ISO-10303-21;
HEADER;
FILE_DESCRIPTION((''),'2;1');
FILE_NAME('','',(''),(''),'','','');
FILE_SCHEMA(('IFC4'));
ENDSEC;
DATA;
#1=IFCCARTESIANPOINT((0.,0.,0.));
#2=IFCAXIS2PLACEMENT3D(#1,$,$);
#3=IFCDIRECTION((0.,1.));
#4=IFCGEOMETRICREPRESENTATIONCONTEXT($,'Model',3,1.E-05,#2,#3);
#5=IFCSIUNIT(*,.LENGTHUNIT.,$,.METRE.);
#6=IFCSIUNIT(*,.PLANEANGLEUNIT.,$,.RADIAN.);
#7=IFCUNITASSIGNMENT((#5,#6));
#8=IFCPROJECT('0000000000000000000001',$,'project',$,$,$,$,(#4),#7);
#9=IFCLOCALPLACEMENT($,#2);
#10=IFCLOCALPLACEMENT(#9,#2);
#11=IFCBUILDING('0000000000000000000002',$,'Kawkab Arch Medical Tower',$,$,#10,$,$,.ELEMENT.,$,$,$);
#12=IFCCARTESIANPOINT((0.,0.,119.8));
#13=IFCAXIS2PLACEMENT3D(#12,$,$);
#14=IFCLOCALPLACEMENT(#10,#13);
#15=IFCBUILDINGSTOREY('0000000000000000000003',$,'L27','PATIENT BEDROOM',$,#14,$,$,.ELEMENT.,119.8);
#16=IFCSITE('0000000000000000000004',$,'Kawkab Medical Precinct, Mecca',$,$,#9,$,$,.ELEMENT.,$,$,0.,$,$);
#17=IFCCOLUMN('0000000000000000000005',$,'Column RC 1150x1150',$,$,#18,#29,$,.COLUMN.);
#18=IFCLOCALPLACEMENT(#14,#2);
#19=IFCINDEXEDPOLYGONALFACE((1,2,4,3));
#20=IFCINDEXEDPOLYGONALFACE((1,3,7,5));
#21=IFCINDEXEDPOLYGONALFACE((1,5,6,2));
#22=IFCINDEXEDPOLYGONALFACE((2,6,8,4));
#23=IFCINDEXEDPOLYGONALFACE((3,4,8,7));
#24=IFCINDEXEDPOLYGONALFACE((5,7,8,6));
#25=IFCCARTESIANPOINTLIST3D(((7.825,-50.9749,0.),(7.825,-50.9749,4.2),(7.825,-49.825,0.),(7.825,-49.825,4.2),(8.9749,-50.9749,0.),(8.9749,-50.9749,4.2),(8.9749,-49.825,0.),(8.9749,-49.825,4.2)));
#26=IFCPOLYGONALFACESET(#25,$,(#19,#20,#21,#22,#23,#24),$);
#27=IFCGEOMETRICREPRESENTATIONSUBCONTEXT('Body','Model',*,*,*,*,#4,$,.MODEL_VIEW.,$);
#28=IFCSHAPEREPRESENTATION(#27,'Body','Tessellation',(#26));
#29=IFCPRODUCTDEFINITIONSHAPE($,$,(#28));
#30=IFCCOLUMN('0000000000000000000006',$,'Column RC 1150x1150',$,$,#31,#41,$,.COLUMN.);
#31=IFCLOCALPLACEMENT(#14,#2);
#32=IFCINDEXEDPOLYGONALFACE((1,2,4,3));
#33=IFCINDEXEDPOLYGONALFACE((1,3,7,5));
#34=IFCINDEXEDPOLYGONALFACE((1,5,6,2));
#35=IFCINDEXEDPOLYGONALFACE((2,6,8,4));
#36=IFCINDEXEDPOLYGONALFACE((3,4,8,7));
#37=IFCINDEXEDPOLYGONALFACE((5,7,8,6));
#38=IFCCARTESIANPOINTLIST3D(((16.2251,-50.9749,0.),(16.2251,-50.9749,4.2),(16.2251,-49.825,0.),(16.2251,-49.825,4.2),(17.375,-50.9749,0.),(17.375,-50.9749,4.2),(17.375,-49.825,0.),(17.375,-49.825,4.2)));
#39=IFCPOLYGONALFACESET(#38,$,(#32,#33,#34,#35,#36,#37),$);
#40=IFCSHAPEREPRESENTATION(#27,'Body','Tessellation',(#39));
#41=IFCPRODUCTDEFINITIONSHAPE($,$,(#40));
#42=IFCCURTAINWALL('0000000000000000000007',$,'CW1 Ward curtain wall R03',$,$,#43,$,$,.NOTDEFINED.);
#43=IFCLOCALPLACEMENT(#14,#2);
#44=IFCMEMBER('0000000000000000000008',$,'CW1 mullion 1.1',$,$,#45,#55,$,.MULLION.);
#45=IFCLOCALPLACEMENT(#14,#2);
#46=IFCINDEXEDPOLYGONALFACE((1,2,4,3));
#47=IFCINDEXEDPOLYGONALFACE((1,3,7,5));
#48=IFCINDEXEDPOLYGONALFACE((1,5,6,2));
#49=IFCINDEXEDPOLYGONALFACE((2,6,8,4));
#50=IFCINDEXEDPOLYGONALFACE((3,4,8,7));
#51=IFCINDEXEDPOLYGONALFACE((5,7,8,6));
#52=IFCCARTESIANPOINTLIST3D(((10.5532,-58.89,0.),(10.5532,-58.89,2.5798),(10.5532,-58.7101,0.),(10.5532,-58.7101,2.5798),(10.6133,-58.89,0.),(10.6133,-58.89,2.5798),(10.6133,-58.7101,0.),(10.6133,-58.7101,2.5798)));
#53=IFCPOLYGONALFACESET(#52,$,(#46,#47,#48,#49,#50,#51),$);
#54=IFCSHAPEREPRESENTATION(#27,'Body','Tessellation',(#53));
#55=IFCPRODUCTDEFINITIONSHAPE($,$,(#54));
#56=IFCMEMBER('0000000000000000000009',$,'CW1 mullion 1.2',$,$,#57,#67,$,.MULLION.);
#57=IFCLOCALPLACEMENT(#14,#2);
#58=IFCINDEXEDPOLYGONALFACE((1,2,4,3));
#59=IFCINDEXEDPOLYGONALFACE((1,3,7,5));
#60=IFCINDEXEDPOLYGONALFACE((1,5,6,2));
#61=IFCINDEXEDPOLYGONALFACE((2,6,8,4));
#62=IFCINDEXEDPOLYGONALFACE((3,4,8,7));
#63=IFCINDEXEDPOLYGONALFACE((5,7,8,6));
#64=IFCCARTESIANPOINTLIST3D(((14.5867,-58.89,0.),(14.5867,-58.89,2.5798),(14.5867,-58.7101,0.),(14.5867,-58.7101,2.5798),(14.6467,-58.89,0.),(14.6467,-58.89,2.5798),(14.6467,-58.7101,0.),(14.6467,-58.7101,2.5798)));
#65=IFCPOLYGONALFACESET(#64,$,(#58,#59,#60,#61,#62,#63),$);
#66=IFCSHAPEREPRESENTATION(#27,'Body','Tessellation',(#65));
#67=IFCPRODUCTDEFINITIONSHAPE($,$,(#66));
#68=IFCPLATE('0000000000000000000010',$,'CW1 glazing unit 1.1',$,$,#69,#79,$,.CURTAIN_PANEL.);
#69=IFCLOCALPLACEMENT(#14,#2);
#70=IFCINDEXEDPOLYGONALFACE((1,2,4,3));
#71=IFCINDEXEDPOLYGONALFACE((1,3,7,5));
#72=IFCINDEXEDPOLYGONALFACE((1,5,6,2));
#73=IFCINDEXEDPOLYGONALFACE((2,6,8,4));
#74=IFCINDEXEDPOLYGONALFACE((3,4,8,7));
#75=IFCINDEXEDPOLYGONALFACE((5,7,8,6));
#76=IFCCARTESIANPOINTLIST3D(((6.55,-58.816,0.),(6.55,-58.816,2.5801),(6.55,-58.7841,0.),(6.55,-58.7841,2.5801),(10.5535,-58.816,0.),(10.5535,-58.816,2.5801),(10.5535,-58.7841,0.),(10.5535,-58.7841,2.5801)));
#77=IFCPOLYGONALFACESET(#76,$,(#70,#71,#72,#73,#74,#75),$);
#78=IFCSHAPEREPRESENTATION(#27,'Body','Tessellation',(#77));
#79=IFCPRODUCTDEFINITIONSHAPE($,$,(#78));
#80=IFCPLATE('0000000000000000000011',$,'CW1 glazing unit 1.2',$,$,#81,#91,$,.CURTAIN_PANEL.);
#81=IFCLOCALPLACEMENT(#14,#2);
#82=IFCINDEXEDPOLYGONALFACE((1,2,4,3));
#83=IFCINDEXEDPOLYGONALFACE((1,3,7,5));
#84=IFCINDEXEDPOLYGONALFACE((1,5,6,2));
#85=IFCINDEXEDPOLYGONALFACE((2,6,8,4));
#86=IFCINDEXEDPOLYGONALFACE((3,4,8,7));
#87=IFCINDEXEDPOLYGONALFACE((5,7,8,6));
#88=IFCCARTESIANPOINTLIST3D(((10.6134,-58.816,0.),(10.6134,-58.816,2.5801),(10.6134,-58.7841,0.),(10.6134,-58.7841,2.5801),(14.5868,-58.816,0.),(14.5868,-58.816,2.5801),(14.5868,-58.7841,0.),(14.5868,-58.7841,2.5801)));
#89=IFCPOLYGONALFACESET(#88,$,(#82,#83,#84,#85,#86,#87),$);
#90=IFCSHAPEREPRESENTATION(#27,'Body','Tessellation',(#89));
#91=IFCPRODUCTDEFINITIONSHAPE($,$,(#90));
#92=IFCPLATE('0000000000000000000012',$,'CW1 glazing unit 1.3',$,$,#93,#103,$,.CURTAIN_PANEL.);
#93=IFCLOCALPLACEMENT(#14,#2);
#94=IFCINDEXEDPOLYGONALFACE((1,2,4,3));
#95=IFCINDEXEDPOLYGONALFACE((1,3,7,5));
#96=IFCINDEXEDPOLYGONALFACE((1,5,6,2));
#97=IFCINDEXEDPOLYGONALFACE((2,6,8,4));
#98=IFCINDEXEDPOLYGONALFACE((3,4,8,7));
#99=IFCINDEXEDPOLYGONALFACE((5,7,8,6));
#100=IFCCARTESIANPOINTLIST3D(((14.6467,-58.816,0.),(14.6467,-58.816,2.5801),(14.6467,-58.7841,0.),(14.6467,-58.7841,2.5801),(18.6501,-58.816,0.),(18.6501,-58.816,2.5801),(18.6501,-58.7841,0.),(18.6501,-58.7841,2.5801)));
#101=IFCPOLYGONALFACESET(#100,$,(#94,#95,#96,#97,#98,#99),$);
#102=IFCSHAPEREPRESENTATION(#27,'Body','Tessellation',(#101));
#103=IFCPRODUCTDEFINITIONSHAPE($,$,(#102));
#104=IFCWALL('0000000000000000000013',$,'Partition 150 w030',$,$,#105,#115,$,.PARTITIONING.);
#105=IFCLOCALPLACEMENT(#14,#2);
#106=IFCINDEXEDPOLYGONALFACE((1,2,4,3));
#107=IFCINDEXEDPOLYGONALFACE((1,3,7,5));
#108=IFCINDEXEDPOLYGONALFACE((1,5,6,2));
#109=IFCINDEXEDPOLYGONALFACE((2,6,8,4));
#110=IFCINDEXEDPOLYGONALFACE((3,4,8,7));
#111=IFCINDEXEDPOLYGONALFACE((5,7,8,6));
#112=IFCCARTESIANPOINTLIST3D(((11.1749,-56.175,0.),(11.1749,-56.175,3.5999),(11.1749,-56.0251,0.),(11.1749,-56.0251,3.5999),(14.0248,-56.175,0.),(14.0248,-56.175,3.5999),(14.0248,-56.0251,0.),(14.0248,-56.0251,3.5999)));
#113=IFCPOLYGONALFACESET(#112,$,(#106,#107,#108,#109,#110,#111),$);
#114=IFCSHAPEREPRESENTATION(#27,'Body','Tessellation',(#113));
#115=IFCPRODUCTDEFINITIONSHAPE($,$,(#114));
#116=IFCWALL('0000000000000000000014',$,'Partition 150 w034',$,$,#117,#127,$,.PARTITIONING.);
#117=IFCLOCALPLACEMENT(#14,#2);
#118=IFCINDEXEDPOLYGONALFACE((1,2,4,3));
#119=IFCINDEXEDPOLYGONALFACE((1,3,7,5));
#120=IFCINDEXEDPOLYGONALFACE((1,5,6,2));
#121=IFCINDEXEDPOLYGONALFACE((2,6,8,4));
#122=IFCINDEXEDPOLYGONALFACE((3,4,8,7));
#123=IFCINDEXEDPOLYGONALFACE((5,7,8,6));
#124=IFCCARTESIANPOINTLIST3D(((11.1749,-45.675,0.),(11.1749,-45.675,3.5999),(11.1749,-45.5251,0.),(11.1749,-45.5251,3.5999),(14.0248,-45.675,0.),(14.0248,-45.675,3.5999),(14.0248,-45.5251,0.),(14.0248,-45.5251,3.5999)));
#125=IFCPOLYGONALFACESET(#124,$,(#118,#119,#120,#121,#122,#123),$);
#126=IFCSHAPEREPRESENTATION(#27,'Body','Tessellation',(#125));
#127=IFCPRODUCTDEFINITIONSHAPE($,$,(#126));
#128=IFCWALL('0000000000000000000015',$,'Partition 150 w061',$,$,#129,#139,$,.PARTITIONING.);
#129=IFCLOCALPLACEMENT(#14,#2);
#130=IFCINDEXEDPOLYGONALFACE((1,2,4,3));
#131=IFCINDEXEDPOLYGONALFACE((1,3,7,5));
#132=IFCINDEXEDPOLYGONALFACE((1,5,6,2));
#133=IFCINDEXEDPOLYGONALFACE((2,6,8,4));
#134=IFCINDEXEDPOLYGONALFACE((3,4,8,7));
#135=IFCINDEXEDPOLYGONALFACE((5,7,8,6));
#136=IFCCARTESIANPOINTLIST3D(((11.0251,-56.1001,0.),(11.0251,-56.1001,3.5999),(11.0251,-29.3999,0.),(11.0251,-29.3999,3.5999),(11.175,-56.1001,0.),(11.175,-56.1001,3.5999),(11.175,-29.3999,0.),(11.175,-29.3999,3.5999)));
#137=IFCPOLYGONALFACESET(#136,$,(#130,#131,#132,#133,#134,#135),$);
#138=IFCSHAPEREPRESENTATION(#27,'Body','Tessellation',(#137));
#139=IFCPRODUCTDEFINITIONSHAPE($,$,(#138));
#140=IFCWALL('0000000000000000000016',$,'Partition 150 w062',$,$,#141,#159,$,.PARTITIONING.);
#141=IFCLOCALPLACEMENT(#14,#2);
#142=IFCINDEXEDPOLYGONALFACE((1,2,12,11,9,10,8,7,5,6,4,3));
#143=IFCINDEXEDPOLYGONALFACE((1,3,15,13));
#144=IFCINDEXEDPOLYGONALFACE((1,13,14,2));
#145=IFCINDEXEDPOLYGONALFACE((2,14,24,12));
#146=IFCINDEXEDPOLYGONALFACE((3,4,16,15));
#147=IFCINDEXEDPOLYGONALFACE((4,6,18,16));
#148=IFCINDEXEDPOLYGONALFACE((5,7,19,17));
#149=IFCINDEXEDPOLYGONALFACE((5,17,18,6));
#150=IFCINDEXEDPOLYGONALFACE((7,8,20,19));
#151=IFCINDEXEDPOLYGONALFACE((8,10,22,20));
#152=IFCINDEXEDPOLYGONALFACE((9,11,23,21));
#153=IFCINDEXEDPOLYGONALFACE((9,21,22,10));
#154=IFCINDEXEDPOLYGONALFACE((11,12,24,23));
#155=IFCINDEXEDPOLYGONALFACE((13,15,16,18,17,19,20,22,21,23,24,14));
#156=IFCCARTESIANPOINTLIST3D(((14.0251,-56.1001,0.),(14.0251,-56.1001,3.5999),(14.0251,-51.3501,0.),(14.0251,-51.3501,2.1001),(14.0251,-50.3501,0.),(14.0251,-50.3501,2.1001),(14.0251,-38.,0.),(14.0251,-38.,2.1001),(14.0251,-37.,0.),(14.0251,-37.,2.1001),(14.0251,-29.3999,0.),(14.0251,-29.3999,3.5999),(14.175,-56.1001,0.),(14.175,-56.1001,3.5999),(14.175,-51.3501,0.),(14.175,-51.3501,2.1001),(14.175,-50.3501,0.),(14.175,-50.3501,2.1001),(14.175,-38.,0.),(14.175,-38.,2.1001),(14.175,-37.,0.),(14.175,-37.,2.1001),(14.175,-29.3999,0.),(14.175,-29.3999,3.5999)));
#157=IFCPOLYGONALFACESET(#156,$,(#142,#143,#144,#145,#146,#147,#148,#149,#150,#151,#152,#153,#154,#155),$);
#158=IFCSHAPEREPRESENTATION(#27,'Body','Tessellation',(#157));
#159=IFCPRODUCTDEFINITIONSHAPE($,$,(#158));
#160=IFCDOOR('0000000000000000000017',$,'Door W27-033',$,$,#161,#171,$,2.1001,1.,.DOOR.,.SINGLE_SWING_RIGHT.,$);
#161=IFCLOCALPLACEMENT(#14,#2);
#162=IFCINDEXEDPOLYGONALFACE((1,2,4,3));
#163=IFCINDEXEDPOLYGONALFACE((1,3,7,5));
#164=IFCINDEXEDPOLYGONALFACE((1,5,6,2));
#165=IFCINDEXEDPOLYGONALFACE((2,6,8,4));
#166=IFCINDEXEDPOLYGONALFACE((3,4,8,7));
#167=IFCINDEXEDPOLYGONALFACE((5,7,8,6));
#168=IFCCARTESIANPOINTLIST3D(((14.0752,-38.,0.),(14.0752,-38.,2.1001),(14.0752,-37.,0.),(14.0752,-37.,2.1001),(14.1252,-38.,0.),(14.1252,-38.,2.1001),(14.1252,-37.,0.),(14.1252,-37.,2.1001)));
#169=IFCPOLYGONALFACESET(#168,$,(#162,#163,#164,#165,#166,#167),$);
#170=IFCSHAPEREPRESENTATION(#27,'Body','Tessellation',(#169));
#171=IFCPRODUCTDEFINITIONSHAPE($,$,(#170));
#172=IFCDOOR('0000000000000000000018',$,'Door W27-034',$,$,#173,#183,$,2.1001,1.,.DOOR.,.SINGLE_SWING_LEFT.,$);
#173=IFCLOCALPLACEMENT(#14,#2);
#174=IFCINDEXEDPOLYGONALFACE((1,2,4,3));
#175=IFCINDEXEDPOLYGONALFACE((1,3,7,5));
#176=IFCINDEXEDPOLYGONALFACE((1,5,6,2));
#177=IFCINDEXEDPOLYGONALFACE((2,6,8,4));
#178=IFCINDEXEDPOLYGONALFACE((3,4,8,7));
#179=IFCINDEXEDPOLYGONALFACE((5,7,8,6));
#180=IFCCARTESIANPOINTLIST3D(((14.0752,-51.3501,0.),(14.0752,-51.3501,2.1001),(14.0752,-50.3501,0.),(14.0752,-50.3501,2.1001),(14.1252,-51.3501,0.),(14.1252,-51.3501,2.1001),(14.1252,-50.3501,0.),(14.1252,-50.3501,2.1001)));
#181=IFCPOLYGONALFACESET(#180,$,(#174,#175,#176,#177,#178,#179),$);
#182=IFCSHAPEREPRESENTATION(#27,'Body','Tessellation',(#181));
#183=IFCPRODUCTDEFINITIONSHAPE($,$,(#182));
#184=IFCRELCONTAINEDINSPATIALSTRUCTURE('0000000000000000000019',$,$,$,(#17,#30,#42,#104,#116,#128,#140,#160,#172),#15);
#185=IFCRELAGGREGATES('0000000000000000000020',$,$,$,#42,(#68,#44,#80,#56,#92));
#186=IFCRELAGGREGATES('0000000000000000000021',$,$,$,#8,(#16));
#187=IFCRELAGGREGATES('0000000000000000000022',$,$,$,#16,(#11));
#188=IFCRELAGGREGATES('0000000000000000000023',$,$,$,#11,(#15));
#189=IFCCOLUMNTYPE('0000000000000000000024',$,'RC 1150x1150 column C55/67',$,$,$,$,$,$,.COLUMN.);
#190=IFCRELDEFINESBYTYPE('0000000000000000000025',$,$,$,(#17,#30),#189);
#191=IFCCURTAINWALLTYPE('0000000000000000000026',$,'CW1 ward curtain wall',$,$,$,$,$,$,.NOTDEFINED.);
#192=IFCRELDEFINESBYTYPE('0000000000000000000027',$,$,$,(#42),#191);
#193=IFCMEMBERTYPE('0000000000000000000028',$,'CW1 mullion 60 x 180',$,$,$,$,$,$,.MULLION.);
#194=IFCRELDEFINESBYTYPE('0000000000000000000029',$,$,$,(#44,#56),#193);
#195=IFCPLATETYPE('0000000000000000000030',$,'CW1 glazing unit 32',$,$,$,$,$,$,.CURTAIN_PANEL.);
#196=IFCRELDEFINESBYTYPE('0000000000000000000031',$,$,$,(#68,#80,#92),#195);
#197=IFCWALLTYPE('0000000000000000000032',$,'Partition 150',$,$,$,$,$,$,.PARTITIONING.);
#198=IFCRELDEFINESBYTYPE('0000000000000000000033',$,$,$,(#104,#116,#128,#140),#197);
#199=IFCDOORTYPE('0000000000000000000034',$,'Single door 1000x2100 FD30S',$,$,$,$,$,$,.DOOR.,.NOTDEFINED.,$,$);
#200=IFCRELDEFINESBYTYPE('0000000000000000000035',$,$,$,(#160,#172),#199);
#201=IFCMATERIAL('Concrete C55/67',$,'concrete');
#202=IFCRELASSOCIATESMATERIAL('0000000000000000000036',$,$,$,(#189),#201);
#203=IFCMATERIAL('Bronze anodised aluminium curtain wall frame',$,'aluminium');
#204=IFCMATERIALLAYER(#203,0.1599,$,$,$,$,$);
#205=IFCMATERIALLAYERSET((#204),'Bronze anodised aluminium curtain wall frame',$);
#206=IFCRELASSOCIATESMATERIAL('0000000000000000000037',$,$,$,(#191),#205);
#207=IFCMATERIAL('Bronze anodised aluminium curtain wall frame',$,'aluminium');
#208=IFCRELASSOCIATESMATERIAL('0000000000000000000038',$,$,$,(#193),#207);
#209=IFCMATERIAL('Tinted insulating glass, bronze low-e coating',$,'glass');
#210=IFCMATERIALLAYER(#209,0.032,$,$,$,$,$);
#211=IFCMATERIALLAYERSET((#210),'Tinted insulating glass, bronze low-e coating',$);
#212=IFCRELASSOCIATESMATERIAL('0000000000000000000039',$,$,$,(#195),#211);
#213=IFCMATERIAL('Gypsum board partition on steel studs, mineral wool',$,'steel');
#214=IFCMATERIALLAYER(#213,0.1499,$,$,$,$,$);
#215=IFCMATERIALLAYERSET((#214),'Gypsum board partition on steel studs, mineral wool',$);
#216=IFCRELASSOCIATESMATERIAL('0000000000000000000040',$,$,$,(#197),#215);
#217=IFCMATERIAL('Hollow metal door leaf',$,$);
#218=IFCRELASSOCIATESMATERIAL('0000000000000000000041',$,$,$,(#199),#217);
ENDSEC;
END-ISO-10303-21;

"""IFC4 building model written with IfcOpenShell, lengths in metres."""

from ifc_helpers import new_model, si_unit, direction, frame, frame_2d, origin, origin_2d, place, context, subcontext, project, spatial, rectangle, extrude, material, layer, layer_set, material_profile, profile_set, type_object, element, fill, aggregate, save


model = new_model("IFC4")

# Units and contexts
model_context = context("Model", 3, precision=1e-05, world=origin(), true_north=direction((0.0, 1.0)))
body_context = subcontext(model_context, "Body", "Model", "MODEL_VIEW")
ifc_project = project(units=[si_unit("LENGTHUNIT", "METRE"), si_unit("PLANEANGLEUNIT", "RADIAN")], contexts=[model_context])

# Site, building, storey
site_placement = place(None, origin())
site = spatial("IfcSite", under=ifc_project, at=site_placement, Name="Kawkab Medical Precinct, Mecca", CompositionType="ELEMENT", RefElevation=0.0)
building_placement = place(site_placement, origin())
building = spatial("IfcBuilding", under=site, at=building_placement, Name="Kawkab Arch Medical Tower", CompositionType="ELEMENT")
storey_placement = place(building_placement, frame((0.0, 0.0, 119.8)))
storey = spatial("IfcBuildingStorey", under=building, at=storey_placement, Name="L27", Description="PATIENT BEDROOM", CompositionType="ELEMENT", Elevation=119.8)

# Columns
ifc_material_1 = material(Name="Concrete C55/67", Category="concrete")
ifc_material_profile_1 = material_profile(ifc_material_1, rectangle(XDim=1.1499, YDim=1.1499, at=origin_2d()), Name="RC 1150x1150")
ifc_profile_set_1 = profile_set([ifc_material_profile_1], Name="Concrete C55/67")
column_type = type_object("IfcColumnType", Name="RC 1150x1150 column C55/67", PredefinedType="COLUMN", material=ifc_profile_set_1)
for number, where, z_axis, x_axis, name in (
    (1, (8.3999, -50.3999, 0.0), (0.0, 0.0, 1.0), (1.0, 0.0, 0.0), "Column RC 1150x1150"),
    (2, (16.8, -50.3999, 0.0), (0.0, 0.0, 1.0), (1.0, 0.0, 0.0), "Column RC 1150x1150"),
):
    element("IfcColumn", number, at=place(storey_placement, frame(where, z_axis=z_axis, x_axis=x_axis)), inside=storey, type_object=column_type, Name=name, PredefinedType="COLUMN", context=body_context, shape_type="SweptSolid", body=[
        extrude(rectangle(XDim=1.1499, YDim=1.1499, at=origin_2d()), origin(), (0.0, 0.0, 1.0), 4.2),
    ])

# Curtain wall, members, plates
ifc_material_2 = material(Name="Bronze anodised aluminium curtain wall frame", Category="aluminium")
ifc_layer_1 = layer(ifc_material_2, 0.1599)
ifc_layer_set_1 = layer_set([ifc_layer_1], Name="Bronze anodised aluminium curtain wall frame")
curtain_wall_type = type_object("IfcCurtainWallType", Name="CW1 ward curtain wall", PredefinedType="NOTDEFINED", material=ifc_layer_set_1)
curtain_wall_placement = place(storey_placement, origin())
curtain_wall = element("IfcCurtainWall", 3, at=curtain_wall_placement, inside=storey, type_object=curtain_wall_type, Name="CW1 Ward curtain wall R03", PredefinedType="NOTDEFINED")
ifc_material_3 = material(Name="Bronze anodised aluminium curtain wall frame", Category="aluminium")
ifc_material_profile_2 = material_profile(ifc_material_3, rectangle(XDim=0.1799, YDim=0.0601, at=origin_2d()), Name="AL 60x180")
ifc_profile_set_2 = profile_set([ifc_material_profile_2], Name="Bronze anodised aluminium curtain wall frame")
member_type = type_object("IfcMemberType", Name="CW1 mullion 60 x 180", PredefinedType="MULLION", material=ifc_profile_set_2)
member_1_placement = place(storey_placement, frame((10.5833, -58.8, 0.0), z_axis=(0.0, 0.0, 1.0), x_axis=(0.0, 1.0, 0.0)))
member_1 = element("IfcMember", 4, at=member_1_placement, type_object=member_type, Name="CW1 mullion 1.1", PredefinedType="MULLION", context=body_context, shape_type="SweptSolid", body=[
    extrude(rectangle(XDim=0.1799, YDim=0.0601, at=origin_2d()), origin(), (0.0, 0.0, 1.0), 2.5798),
])
member_2_placement = place(storey_placement, frame((14.6167, -58.8, 0.0), z_axis=(0.0, 0.0, 1.0), x_axis=(0.0, 1.0, 0.0)))
member_2 = element("IfcMember", 5, at=member_2_placement, type_object=member_type, Name="CW1 mullion 1.2", PredefinedType="MULLION", context=body_context, shape_type="SweptSolid", body=[
    extrude(rectangle(XDim=0.1799, YDim=0.0601, at=origin_2d()), origin(), (0.0, 0.0, 1.0), 2.5798),
])
ifc_material_4 = material(Name="Tinted insulating glass, bronze low-e coating", Category="glass")
ifc_layer_2 = layer(ifc_material_4, 0.032)
ifc_layer_set_2 = layer_set([ifc_layer_2], Name="Tinted insulating glass, bronze low-e coating")
plate_type = type_object("IfcPlateType", Name="CW1 glazing unit 32", PredefinedType="CURTAIN_PANEL", material=ifc_layer_set_2)
plate_1_placement = place(storey_placement, frame((8.5518, -58.8, 0.0), z_axis=(0.0, 0.0, 1.0), x_axis=(1.0, 0.0, 0.0)))
plate_1 = element("IfcPlate", 6, at=plate_1_placement, type_object=plate_type, Name="CW1 glazing unit 1.1", PredefinedType="CURTAIN_PANEL", context=body_context, shape_type="SweptSolid", body=[
    extrude(rectangle(XDim=4.0034, YDim=0.032, at=origin_2d()), origin(), (0.0, 0.0, 1.0), 2.5801),
])
plate_2_placement = place(storey_placement, frame((12.6001, -58.8, 0.0), z_axis=(0.0, 0.0, 1.0), x_axis=(1.0, 0.0, 0.0)))
plate_2 = element("IfcPlate", 7, at=plate_2_placement, type_object=plate_type, Name="CW1 glazing unit 1.2", PredefinedType="CURTAIN_PANEL", context=body_context, shape_type="SweptSolid", body=[
    extrude(rectangle(XDim=3.9734, YDim=0.032, at=origin_2d()), origin(), (0.0, 0.0, 1.0), 2.5801),
])
plate_3_placement = place(storey_placement, frame((16.6484, -58.8, 0.0), z_axis=(0.0, 0.0, 1.0), x_axis=(1.0, 0.0, 0.0)))
plate_3 = element("IfcPlate", 8, at=plate_3_placement, type_object=plate_type, Name="CW1 glazing unit 1.3", PredefinedType="CURTAIN_PANEL", context=body_context, shape_type="SweptSolid", body=[
    extrude(rectangle(XDim=4.0034, YDim=0.032, at=origin_2d()), origin(), (0.0, 0.0, 1.0), 2.5801),
])
aggregate(curtain_wall, [plate_1, member_1, plate_2, member_2, plate_3])

# Walls
ifc_material_5 = material(Name="Gypsum board partition on steel studs, mineral wool", Category="steel")
ifc_layer_3 = layer(ifc_material_5, 0.1499)
ifc_layer_set_3 = layer_set([ifc_layer_3], Name="Gypsum board partition on steel studs, mineral wool")
wall_type = type_object("IfcWallType", Name="Partition 150", PredefinedType="PARTITIONING", material=ifc_layer_set_3)
for number, where, z_axis, x_axis, name in (
    (9, (11.175, -56.1001, 0.0), (0.0, 0.0, 1.0), (1.0, 0.0, 0.0), "Partition 150 w030"),
    (10, (11.175, -45.6001, 0.0), (0.0, 0.0, 1.0), (1.0, 0.0, 0.0), "Partition 150 w034"),
):
    element("IfcWall", number, at=place(storey_placement, frame(where, z_axis=z_axis, x_axis=x_axis)), inside=storey, type_object=wall_type, Name=name, PredefinedType="PARTITIONING", context=body_context, shape_type="SweptSolid", body=[
        extrude(rectangle(XDim=2.8499, YDim=0.1499, at=frame_2d((1.4248, 0.0))), origin(), (0.0, 0.0, 1.0), 3.5999),
    ])
wall_1_placement = place(storey_placement, frame((11.1001, -56.1001, 0.0), z_axis=(0.0, 0.0, 1.0), x_axis=(0.0, 1.0, 0.0)))
element("IfcWall", 11, at=wall_1_placement, inside=storey, type_object=wall_type, Name="Partition 150 w061", PredefinedType="PARTITIONING", context=body_context, shape_type="SweptSolid", body=[
    extrude(rectangle(XDim=26.7002, YDim=0.1499, at=frame_2d((13.3501, 0.0))), origin(), (0.0, 0.0, 1.0), 3.5999),
])

# Wall, openings, doors
wall_2_placement = place(storey_placement, frame((14.1001, -56.1001, 0.0), z_axis=(0.0, 0.0, 1.0), x_axis=(0.0, 1.0, 0.0)))
wall_2 = element("IfcWall", 12, at=wall_2_placement, inside=storey, type_object=wall_type, Name="Partition 150 w062", PredefinedType="PARTITIONING", context=body_context, shape_type="SweptSolid", body=[
    extrude(rectangle(XDim=26.7002, YDim=0.1499, at=frame_2d((13.3501, 0.0))), origin(), (0.0, 0.0, 1.0), 3.5999),
])
opening_1_placement = place(wall_2_placement, frame((18.1001, 0.0, 0.0)))
opening_1 = element("IfcOpeningElement", 13, at=opening_1_placement, cuts=wall_2, PredefinedType="OPENING", context=body_context, shape_type="SweptSolid", body=[
    extrude(rectangle(XDim=1.0, YDim=2.1001, at=frame_2d((0.5, 1.05))), frame((0.0, 0.085, 0.0), z_axis=(0.0, -1.0, 0.0), x_axis=(1.0, 0.0, 0.0)), (0.0, 0.0, 1.0), 0.1699),
])
opening_2_placement = place(wall_2_placement, frame((4.75, 0.0, 0.0)))
opening_2 = element("IfcOpeningElement", 14, at=opening_2_placement, cuts=wall_2, PredefinedType="OPENING", context=body_context, shape_type="SweptSolid", body=[
    extrude(rectangle(XDim=1.0, YDim=2.1001, at=frame_2d((0.5, 1.05))), frame((0.0, 0.085, 0.0), z_axis=(0.0, -1.0, 0.0), x_axis=(1.0, 0.0, 0.0)), (0.0, 0.0, 1.0), 0.1699),
])
ifc_material_6 = material(Name="Hollow metal door leaf")
door_type_1 = type_object("IfcDoorType", Name="Single door 1000x2100 FD30S", OperationType="NOTDEFINED", PredefinedType="DOOR", material=ifc_material_6)
door_1_placement = place(opening_1_placement, origin())
door_1 = element("IfcDoor", 15, at=door_1_placement, inside=storey, type_object=door_type_1, Name="Door W27-033", OperationType="SINGLE_SWING_RIGHT", OverallHeight=2.1001, OverallWidth=1.0, PredefinedType="DOOR", context=body_context, shape_type="SweptSolid", body=[
    extrude(rectangle(XDim=1.0, YDim=2.1001, at=frame_2d((0.5, 1.05))), frame((0.0, 0.0249, 0.0), z_axis=(0.0, -1.0, 0.0), x_axis=(1.0, 0.0, 0.0)), (0.0, 0.0, 1.0), 0.05),
])
fill(opening_1, door_1)
door_2_placement = place(opening_2_placement, origin())
door_2 = element("IfcDoor", 16, at=door_2_placement, inside=storey, type_object=door_type_1, Name="Door W27-034", OperationType="SINGLE_SWING_LEFT", OverallHeight=2.1001, OverallWidth=1.0, PredefinedType="DOOR", context=body_context, shape_type="SweptSolid", body=[
    extrude(rectangle(XDim=1.0, YDim=2.1001, at=frame_2d((0.5, 1.05))), frame((0.0, 0.0249, 0.0), z_axis=(0.0, -1.0, 0.0), x_axis=(1.0, 0.0, 0.0)), (0.0, 0.0, 1.0), 0.05),
])
fill(opening_2, door_2)

save(model, "model.ifc")
